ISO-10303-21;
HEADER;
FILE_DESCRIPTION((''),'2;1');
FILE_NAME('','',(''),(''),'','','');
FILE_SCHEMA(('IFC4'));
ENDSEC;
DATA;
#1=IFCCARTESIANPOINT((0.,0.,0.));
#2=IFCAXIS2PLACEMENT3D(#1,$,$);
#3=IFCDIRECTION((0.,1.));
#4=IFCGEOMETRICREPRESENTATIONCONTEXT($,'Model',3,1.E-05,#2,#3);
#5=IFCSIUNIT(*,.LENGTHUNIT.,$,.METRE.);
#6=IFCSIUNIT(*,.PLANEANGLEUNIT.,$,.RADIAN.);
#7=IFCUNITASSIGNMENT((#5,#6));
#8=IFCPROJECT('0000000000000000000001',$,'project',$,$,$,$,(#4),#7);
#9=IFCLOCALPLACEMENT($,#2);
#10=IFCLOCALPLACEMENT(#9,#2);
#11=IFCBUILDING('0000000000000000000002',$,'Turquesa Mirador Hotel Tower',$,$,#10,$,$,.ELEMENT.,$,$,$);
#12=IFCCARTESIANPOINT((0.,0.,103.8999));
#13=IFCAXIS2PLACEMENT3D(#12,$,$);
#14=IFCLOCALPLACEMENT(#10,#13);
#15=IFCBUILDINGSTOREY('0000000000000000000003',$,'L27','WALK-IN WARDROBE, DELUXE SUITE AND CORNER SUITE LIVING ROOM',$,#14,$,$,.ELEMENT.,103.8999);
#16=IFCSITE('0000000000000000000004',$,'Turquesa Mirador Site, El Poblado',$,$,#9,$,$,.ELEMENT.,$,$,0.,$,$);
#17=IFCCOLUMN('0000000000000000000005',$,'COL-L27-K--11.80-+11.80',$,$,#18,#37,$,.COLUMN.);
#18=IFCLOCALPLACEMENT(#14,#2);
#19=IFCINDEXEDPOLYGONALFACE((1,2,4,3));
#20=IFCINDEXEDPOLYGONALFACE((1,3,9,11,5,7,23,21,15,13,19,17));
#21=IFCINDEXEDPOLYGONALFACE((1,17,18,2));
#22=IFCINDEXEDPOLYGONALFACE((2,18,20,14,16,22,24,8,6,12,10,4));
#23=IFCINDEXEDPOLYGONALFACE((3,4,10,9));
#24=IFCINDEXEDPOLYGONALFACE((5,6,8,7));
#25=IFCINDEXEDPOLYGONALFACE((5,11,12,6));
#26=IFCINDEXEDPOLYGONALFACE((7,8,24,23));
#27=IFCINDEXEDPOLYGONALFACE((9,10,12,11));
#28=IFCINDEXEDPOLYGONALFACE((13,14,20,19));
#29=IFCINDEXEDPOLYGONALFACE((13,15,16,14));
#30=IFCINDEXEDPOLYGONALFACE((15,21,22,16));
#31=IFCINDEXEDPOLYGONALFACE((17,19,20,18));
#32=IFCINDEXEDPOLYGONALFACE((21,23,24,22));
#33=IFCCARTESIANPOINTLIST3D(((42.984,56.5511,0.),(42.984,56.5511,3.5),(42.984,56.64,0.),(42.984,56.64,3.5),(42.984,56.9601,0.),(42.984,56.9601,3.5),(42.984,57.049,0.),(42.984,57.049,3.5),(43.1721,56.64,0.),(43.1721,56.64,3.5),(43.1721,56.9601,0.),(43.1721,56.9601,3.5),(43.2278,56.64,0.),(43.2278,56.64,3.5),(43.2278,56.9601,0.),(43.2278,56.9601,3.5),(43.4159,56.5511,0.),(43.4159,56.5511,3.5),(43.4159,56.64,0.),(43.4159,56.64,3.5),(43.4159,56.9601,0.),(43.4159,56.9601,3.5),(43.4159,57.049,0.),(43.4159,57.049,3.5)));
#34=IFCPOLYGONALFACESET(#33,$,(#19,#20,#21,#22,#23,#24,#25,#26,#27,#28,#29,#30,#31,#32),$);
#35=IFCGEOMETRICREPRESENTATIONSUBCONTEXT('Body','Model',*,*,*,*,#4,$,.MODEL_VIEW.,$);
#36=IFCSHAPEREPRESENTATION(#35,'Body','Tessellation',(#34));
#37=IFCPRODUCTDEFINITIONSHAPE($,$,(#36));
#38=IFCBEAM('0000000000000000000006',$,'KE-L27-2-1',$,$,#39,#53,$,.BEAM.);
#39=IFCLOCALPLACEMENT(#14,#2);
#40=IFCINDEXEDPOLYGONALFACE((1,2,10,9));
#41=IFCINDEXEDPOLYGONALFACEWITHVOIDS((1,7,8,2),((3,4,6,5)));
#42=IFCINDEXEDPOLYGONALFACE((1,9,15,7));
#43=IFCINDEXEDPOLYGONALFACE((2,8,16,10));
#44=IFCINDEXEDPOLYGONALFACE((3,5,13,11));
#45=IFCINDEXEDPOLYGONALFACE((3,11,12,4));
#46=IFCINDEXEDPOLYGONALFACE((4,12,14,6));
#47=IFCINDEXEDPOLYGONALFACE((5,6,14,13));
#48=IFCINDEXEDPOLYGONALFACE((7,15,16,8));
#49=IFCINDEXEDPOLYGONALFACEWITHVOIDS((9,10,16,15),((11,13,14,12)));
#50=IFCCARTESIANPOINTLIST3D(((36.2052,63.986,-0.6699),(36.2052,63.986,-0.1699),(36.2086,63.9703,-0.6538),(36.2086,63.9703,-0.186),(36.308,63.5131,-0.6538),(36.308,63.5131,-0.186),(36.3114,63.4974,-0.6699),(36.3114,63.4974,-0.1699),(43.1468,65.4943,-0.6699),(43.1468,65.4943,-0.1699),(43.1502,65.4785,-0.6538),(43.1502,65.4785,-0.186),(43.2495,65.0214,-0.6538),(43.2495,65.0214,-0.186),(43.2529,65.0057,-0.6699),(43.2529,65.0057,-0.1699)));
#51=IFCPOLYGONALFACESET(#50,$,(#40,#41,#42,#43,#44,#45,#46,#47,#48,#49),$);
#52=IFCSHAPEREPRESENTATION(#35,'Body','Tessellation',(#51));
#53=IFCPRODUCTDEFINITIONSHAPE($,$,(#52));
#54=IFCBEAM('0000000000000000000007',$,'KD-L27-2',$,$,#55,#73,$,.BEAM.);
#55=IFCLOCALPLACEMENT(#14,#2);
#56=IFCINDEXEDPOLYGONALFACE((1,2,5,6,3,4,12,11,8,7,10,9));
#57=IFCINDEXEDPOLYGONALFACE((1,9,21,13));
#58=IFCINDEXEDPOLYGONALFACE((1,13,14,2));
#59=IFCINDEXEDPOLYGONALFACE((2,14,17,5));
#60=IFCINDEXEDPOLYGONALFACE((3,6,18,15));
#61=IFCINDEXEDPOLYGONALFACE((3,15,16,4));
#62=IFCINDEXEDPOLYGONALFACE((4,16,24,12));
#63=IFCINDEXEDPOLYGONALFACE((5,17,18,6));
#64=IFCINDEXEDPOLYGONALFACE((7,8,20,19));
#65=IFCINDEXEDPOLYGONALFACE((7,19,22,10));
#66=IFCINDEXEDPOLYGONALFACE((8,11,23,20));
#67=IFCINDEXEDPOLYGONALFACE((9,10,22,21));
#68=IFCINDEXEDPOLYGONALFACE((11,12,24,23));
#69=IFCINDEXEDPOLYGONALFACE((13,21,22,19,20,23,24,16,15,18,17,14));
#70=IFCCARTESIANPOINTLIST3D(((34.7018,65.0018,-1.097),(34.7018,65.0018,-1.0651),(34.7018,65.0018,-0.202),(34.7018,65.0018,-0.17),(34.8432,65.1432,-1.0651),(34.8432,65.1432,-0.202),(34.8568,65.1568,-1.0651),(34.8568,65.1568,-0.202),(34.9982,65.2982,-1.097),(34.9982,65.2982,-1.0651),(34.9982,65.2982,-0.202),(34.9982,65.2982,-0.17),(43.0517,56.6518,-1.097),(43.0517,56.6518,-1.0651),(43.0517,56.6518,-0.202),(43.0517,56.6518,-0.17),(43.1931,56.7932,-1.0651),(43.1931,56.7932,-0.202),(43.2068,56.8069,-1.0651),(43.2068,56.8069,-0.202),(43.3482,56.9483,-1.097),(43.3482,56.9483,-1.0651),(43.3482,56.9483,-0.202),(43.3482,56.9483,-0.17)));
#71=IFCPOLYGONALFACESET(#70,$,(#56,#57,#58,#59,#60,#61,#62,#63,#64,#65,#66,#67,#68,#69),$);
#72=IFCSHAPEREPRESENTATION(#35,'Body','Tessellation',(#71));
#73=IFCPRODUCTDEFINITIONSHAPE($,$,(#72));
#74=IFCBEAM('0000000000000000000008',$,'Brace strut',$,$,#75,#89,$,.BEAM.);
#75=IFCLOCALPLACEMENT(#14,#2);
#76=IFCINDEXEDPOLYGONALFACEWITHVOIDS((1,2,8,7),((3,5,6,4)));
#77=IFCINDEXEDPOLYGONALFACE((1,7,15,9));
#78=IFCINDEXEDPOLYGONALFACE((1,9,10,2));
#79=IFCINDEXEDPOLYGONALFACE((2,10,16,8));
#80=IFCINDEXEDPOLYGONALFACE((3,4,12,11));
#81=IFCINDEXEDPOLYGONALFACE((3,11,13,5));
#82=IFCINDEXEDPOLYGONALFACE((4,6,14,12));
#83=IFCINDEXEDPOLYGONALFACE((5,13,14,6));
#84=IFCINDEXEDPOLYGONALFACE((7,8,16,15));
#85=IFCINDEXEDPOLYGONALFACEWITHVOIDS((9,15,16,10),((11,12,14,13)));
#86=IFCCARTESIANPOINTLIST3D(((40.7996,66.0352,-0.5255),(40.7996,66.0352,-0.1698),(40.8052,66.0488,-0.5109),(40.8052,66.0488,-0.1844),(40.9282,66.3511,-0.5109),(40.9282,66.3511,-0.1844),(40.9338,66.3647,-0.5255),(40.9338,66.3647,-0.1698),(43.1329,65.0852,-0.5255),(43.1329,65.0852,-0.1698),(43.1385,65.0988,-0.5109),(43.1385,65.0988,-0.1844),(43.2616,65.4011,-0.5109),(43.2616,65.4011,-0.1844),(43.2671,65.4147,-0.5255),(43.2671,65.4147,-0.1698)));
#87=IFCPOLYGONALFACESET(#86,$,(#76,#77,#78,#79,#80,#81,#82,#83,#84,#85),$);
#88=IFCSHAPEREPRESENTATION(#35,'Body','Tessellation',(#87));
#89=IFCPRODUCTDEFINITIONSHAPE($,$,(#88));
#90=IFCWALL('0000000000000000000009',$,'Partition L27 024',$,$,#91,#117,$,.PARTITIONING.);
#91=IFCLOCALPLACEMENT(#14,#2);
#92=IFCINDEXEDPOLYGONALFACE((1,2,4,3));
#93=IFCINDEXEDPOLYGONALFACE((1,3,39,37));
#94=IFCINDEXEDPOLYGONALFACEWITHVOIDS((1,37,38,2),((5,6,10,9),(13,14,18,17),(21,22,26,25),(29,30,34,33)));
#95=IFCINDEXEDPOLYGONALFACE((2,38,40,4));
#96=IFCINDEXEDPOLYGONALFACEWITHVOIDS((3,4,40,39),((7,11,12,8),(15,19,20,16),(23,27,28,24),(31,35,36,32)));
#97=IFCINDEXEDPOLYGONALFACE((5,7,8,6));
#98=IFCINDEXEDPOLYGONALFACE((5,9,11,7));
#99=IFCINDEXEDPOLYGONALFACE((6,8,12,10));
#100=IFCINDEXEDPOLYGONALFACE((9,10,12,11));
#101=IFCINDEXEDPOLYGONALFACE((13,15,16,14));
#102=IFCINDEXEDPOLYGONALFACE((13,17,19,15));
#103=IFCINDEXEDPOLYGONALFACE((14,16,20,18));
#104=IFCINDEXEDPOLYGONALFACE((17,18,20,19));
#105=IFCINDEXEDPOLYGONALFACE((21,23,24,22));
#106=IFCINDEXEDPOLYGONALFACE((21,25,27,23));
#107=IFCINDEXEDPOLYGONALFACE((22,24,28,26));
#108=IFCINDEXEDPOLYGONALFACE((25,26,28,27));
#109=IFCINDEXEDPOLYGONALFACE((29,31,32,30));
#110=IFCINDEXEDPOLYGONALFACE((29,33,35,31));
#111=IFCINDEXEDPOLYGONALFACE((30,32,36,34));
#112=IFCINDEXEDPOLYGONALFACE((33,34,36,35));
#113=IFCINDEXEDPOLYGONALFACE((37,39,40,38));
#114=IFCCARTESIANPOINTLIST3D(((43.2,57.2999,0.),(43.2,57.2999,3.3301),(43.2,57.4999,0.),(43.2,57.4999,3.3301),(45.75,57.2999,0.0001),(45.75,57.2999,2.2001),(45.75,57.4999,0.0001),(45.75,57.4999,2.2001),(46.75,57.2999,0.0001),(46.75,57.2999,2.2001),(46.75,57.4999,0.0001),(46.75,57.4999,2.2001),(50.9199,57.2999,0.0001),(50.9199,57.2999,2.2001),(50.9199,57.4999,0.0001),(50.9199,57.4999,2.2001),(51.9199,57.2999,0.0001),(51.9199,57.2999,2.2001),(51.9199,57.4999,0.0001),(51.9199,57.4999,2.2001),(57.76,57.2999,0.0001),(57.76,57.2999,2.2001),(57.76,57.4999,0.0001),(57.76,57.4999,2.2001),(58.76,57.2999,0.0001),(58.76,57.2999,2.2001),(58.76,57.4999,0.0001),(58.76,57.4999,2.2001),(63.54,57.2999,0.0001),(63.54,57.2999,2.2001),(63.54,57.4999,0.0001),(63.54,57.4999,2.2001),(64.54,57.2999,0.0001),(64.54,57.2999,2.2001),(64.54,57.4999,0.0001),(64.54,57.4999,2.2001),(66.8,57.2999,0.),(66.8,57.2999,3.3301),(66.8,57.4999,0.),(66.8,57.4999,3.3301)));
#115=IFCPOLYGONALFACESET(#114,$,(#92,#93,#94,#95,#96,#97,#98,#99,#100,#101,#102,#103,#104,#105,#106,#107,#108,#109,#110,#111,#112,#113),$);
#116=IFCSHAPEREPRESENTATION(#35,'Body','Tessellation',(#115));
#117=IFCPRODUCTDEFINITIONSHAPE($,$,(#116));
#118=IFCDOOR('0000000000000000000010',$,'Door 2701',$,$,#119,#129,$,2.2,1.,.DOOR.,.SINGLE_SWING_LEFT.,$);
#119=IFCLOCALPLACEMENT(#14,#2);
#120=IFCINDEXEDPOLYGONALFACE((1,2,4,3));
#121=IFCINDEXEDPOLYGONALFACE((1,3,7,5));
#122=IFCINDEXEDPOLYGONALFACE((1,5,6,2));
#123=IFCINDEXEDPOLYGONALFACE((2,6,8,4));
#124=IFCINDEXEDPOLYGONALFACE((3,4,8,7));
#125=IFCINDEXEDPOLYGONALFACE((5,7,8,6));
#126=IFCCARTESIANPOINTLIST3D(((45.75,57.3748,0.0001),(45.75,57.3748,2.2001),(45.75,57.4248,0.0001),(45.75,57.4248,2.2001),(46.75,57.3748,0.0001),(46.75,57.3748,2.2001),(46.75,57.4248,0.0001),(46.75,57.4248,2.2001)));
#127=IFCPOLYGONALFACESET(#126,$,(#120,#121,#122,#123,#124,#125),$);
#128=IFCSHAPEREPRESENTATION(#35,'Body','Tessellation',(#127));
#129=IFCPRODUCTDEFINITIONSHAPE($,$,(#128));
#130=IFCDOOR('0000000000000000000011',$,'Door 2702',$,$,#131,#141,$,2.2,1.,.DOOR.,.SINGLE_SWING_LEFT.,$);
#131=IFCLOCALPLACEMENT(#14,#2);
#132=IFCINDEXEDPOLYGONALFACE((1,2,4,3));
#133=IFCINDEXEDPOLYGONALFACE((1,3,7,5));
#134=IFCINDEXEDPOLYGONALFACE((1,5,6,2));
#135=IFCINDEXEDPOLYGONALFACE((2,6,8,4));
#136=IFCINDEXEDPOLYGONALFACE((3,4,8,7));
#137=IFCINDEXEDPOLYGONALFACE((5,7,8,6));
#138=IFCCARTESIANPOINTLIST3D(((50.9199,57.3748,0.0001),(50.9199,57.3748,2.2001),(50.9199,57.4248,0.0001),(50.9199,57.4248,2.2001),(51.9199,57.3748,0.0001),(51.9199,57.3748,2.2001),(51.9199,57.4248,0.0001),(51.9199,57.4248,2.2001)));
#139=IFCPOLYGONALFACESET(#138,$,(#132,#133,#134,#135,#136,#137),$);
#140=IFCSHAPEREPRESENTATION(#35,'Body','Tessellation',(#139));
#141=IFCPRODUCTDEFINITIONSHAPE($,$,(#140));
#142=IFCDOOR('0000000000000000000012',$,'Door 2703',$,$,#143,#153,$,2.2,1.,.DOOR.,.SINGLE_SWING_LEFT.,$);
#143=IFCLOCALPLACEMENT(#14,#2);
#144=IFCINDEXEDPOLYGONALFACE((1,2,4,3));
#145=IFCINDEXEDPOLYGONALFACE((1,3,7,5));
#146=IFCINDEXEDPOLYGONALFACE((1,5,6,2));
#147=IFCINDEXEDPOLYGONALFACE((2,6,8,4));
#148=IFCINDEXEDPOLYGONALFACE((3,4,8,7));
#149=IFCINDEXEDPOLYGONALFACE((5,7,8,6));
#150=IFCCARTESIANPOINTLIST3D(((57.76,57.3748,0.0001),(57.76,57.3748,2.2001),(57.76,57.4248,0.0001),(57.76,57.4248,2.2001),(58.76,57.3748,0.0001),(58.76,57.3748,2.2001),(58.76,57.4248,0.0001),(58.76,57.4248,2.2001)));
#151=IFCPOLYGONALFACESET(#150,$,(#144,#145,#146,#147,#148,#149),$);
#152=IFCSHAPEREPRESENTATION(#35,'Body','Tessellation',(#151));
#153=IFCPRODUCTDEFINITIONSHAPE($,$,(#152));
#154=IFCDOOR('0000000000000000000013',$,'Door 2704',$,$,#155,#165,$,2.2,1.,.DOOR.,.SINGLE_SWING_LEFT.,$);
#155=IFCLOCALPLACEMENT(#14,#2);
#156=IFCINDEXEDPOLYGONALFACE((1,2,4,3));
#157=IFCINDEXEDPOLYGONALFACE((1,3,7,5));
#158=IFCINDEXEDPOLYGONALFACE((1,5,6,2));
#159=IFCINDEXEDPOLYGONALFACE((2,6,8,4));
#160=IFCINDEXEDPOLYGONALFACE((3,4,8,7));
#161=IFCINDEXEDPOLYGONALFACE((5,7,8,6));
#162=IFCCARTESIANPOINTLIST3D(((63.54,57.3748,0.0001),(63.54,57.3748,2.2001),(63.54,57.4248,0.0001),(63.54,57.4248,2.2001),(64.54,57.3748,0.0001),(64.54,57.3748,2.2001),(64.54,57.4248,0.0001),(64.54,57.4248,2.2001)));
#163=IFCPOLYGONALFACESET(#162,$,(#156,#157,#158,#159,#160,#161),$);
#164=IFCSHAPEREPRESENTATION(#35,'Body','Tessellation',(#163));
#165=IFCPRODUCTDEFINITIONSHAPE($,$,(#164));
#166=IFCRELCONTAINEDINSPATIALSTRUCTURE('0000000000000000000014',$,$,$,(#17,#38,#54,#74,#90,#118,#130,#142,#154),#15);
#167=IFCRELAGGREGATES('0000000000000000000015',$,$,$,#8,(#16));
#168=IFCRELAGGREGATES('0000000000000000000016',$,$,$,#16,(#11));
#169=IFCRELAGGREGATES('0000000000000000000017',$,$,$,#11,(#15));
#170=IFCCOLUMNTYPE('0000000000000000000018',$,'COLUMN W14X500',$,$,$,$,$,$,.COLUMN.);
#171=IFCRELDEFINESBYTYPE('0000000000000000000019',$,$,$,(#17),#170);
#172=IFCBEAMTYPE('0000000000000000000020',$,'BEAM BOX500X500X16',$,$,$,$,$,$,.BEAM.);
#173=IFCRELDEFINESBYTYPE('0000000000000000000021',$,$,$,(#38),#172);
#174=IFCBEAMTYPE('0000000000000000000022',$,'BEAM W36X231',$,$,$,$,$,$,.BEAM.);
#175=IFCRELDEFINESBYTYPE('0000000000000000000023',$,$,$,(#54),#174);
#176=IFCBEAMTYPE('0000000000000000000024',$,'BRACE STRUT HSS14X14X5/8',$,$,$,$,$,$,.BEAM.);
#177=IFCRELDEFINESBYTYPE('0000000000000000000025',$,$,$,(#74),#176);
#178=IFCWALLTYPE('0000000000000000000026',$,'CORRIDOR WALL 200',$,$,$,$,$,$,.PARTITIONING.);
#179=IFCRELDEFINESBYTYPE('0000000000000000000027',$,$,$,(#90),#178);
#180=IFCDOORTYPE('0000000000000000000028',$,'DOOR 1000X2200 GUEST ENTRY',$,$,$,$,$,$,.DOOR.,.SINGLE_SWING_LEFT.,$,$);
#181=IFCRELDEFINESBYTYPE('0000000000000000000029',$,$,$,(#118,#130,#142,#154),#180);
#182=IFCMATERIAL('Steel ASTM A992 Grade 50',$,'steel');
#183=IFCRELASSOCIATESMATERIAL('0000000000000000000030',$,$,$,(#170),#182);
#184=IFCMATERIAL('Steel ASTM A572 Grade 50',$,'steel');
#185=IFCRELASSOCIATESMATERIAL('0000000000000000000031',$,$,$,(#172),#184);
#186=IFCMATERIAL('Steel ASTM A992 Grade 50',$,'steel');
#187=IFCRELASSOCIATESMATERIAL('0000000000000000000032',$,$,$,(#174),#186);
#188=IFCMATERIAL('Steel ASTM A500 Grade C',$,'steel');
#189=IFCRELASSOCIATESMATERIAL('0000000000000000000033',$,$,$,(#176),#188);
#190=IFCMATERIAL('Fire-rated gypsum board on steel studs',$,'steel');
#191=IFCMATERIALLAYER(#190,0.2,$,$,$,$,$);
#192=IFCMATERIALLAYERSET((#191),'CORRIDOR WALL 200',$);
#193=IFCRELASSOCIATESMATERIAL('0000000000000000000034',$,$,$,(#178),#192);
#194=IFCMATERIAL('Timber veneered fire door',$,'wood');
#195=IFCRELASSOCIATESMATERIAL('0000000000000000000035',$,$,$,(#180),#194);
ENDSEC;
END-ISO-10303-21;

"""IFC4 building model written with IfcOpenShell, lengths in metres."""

from ifc_helpers import new_model, si_unit, direction, frame, frame_2d, origin, origin_2d, place, context, subcontext, project, spatial, rectangle, hollow_rectangle, i_section, extrude, material, layer, layer_set, material_profile, profile_set, type_object, element, fill, save


model = new_model("IFC4")

# Units and contexts
model_context = context("Model", 3, precision=1e-05, world=origin(), true_north=direction((0.0, 1.0)))
body_context = subcontext(model_context, "Body", "Model", "MODEL_VIEW")
ifc_project = project(units=[si_unit("LENGTHUNIT", "METRE"), si_unit("PLANEANGLEUNIT", "RADIAN")], contexts=[model_context])

# Site, building, storey
site_placement = place(None, origin())
site = spatial("IfcSite", under=ifc_project, at=site_placement, Name="Turquesa Mirador Site, El Poblado", CompositionType="ELEMENT", RefElevation=0.0)
building_placement = place(site_placement, origin())
building = spatial("IfcBuilding", under=site, at=building_placement, Name="Turquesa Mirador Hotel Tower", CompositionType="ELEMENT")
storey_placement = place(building_placement, frame((0.0, 0.0, 103.8999)))
storey = spatial("IfcBuildingStorey", under=building, at=storey_placement, Name="L27", Description="WALK-IN WARDROBE, DELUXE SUITE AND CORNER SUITE LIVING ROOM", CompositionType="ELEMENT", Elevation=103.8999)

# Column
ifc_material_1 = material(Name="Steel ASTM A992 Grade 50", Category="steel")
ifc_material_profile_1 = material_profile(ifc_material_1, i_section(OverallWidth=0.4319, OverallDepth=0.4978, WebThickness=0.0557, FlangeThickness=0.0889, at=origin_2d()), Name="W14X500")
ifc_profile_set_1 = profile_set([ifc_material_profile_1], Name="Steel ASTM A992 Grade 50")
column_type = type_object("IfcColumnType", Name="COLUMN W14X500", PredefinedType="COLUMN", material=ifc_profile_set_1)
column_placement = place(storey_placement, frame((43.2, 56.8, 0.0), z_axis=(0.0, 0.0, 1.0), x_axis=(1.0, 0.0, 0.0)))
element("IfcColumn", 1, at=column_placement, inside=storey, type_object=column_type, Name="COL-L27-K--11.80-+11.80", PredefinedType="COLUMN", context=body_context, shape_type="SweptSolid", body=[
    extrude(i_section(OverallWidth=0.4319, OverallDepth=0.4978, WebThickness=0.0557, FlangeThickness=0.0889, at=origin_2d()), origin(), (0.0, 0.0, 1.0), 3.5),
])

# Beams
ifc_material_2 = material(Name="Steel ASTM A572 Grade 50", Category="steel")
ifc_material_profile_2 = material_profile(ifc_material_2, hollow_rectangle(XDim=0.5, YDim=0.5, WallThickness=0.0161, at=origin_2d()), Name="BOX500X500X16")
ifc_profile_set_2 = profile_set([ifc_material_profile_2], Name="Steel ASTM A572 Grade 50")
beam_type_1 = type_object("IfcBeamType", Name="BEAM BOX500X500X16", PredefinedType="BEAM", material=ifc_profile_set_2)
beam_1_placement = place(storey_placement, frame((36.2583, 63.7417, -0.4199), z_axis=(0.977198, 0.212328, 0.0), x_axis=(-0.212328, 0.977198, 0.0)))
element("IfcBeam", 2, at=beam_1_placement, inside=storey, type_object=beam_type_1, Name="KE-L27-2-1", PredefinedType="BEAM", context=body_context, shape_type="SweptSolid", body=[
    extrude(hollow_rectangle(XDim=0.5, YDim=0.5, WallThickness=0.0161, at=origin_2d()), origin(), (0.0, 0.0, 1.0), 7.1035),
])
ifc_material_3 = material(Name="Steel ASTM A992 Grade 50", Category="steel")
ifc_material_profile_3 = material_profile(ifc_material_3, i_section(OverallWidth=0.4192, OverallDepth=0.927, WebThickness=0.0193, FlangeThickness=0.032, at=origin_2d()), Name="W36X231")
ifc_profile_set_3 = profile_set([ifc_material_profile_3], Name="Steel ASTM A992 Grade 50")
beam_type_2 = type_object("IfcBeamType", Name="BEAM W36X231", PredefinedType="BEAM", material=ifc_profile_set_3)
beam_2_placement = place(storey_placement, frame((43.2, 56.8, -0.6335), z_axis=(-0.707107, 0.707107, 0.0), x_axis=(-0.707107, -0.707107, 0.0)))
element("IfcBeam", 3, at=beam_2_placement, inside=storey, type_object=beam_type_2, Name="KD-L27-2", PredefinedType="BEAM", context=body_context, shape_type="SweptSolid", body=[
    extrude(i_section(OverallWidth=0.4192, OverallDepth=0.927, WebThickness=0.0193, FlangeThickness=0.032, at=origin_2d()), origin(), (0.0, 0.0, 1.0), 11.8086),
])
ifc_material_4 = material(Name="Steel ASTM A500 Grade C", Category="steel")
ifc_material_profile_4 = material_profile(ifc_material_4, hollow_rectangle(XDim=0.3557, YDim=0.3557, WallThickness=0.0146, at=origin_2d()), Name="HSS14X14X5/8")
ifc_profile_set_4 = profile_set([ifc_material_profile_4], Name="Steel ASTM A500 Grade C")
beam_type_3 = type_object("IfcBeamType", Name="BRACE STRUT HSS14X14X5/8", PredefinedType="BEAM", material=ifc_profile_set_4)
beam_3_placement = place(storey_placement, frame((40.8667, 66.2, -0.3477), z_axis=(0.92618, -0.377081, 0.0), x_axis=(0.377081, 0.92618, 0.0)))
element("IfcBeam", 4, at=beam_3_placement, inside=storey, type_object=beam_type_3, Name="Brace strut", PredefinedType="BEAM", context=body_context, shape_type="SweptSolid", body=[
    extrude(hollow_rectangle(XDim=0.3557, YDim=0.3557, WallThickness=0.0146, at=origin_2d()), origin(), (0.0, 0.0, 1.0), 2.5193),
])

# Wall, openings, doors
ifc_material_5 = material(Name="Fire-rated gypsum board on steel studs", Category="steel")
ifc_layer_1 = layer(ifc_material_5, 0.2)
ifc_layer_set_1 = layer_set([ifc_layer_1], Name="CORRIDOR WALL 200")
wall_type_1 = type_object("IfcWallType", Name="CORRIDOR WALL 200", PredefinedType="PARTITIONING", material=ifc_layer_set_1)
wall_1_placement = place(storey_placement, frame((43.2, 57.3999, 0.0), z_axis=(0.0, 0.0, 1.0), x_axis=(1.0, 0.0, 0.0)))
wall_1 = element("IfcWall", 5, at=wall_1_placement, inside=storey, type_object=wall_type_1, Name="Partition L27 024", PredefinedType="PARTITIONING", context=body_context, shape_type="SweptSolid", body=[
    extrude(rectangle(XDim=23.6001, YDim=0.2, at=frame_2d((11.8, 0.0))), origin(), (0.0, 0.0, 1.0), 3.3301),
])
opening_1_placement = place(wall_1_placement, frame((2.55, 0.0, 0.0)))
opening_1 = element("IfcOpeningElement", 6, at=opening_1_placement, cuts=wall_1, PredefinedType="OPENING", context=body_context, shape_type="SweptSolid", body=[
    extrude(rectangle(XDim=1.0, YDim=2.2, at=frame_2d((0.5, 1.1001))), frame((0.0, 0.1099, 0.0), z_axis=(0.0, -1.0, 0.0), x_axis=(1.0, 0.0, 0.0)), (0.0, 0.0, 1.0), 0.22),
])
opening_2_placement = place(wall_1_placement, frame((7.72, 0.0, 0.0)))
opening_2 = element("IfcOpeningElement", 7, at=opening_2_placement, cuts=wall_1, PredefinedType="OPENING", context=body_context, shape_type="SweptSolid", body=[
    extrude(rectangle(XDim=1.0, YDim=2.2, at=frame_2d((0.5, 1.1001))), frame((0.0, 0.1099, 0.0), z_axis=(0.0, -1.0, 0.0), x_axis=(1.0, 0.0, 0.0)), (0.0, 0.0, 1.0), 0.22),
])
opening_3_placement = place(wall_1_placement, frame((14.5601, 0.0, 0.0)))
opening_3 = element("IfcOpeningElement", 8, at=opening_3_placement, cuts=wall_1, PredefinedType="OPENING", context=body_context, shape_type="SweptSolid", body=[
    extrude(rectangle(XDim=1.0, YDim=2.2, at=frame_2d((0.5, 1.1001))), frame((0.0, 0.1099, 0.0), z_axis=(0.0, -1.0, 0.0), x_axis=(1.0, 0.0, 0.0)), (0.0, 0.0, 1.0), 0.22),
])
opening_4_placement = place(wall_1_placement, frame((20.3401, 0.0, 0.0)))
opening_4 = element("IfcOpeningElement", 9, at=opening_4_placement, cuts=wall_1, PredefinedType="OPENING", context=body_context, shape_type="SweptSolid", body=[
    extrude(rectangle(XDim=1.0, YDim=2.2, at=frame_2d((0.5, 1.1001))), frame((0.0, 0.1099, 0.0), z_axis=(0.0, -1.0, 0.0), x_axis=(1.0, 0.0, 0.0)), (0.0, 0.0, 1.0), 0.22),
])
ifc_material_6 = material(Name="Timber veneered fire door", Category="wood")
door_type = type_object("IfcDoorType", Name="DOOR 1000X2200 GUEST ENTRY", OperationType="SINGLE_SWING_LEFT", PredefinedType="DOOR", material=ifc_material_6)
door_1_placement = place(opening_1_placement, origin())
door_1 = element("IfcDoor", 10, at=door_1_placement, inside=storey, type_object=door_type, Name="Door 2701", OperationType="SINGLE_SWING_LEFT", OverallHeight=2.2, OverallWidth=1.0, PredefinedType="DOOR", context=body_context, shape_type="SweptSolid", body=[
    extrude(rectangle(XDim=1.0, YDim=2.2, at=frame_2d((0.5, 1.1001))), frame((0.0, 0.0249, 0.0), z_axis=(0.0, -1.0, 0.0), x_axis=(1.0, 0.0, 0.0)), (0.0, 0.0, 1.0), 0.05),
])
fill(opening_1, door_1)
door_2_placement = place(opening_2_placement, origin())
door_2 = element("IfcDoor", 11, at=door_2_placement, inside=storey, type_object=door_type, Name="Door 2702", OperationType="SINGLE_SWING_LEFT", OverallHeight=2.2, OverallWidth=1.0, PredefinedType="DOOR", context=body_context, shape_type="SweptSolid", body=[
    extrude(rectangle(XDim=1.0, YDim=2.2, at=frame_2d((0.5, 1.1001))), frame((0.0, 0.0249, 0.0), z_axis=(0.0, -1.0, 0.0), x_axis=(1.0, 0.0, 0.0)), (0.0, 0.0, 1.0), 0.05),
])
fill(opening_2, door_2)
door_3_placement = place(opening_3_placement, origin())
door_3 = element("IfcDoor", 12, at=door_3_placement, inside=storey, type_object=door_type, Name="Door 2703", OperationType="SINGLE_SWING_LEFT", OverallHeight=2.2, OverallWidth=1.0, PredefinedType="DOOR", context=body_context, shape_type="SweptSolid", body=[
    extrude(rectangle(XDim=1.0, YDim=2.2, at=frame_2d((0.5, 1.1001))), frame((0.0, 0.0249, 0.0), z_axis=(0.0, -1.0, 0.0), x_axis=(1.0, 0.0, 0.0)), (0.0, 0.0, 1.0), 0.05),
])
fill(opening_3, door_3)
door_4_placement = place(opening_4_placement, origin())
door_4 = element("IfcDoor", 13, at=door_4_placement, inside=storey, type_object=door_type, Name="Door 2704", OperationType="SINGLE_SWING_LEFT", OverallHeight=2.2, OverallWidth=1.0, PredefinedType="DOOR", context=body_context, shape_type="SweptSolid", body=[
    extrude(rectangle(XDim=1.0, YDim=2.2, at=frame_2d((0.5, 1.1001))), frame((0.0, 0.0249, 0.0), z_axis=(0.0, -1.0, 0.0), x_axis=(1.0, 0.0, 0.0)), (0.0, 0.0, 1.0), 0.05),
])
fill(opening_4, door_4)

save(model, "model.ifc")
